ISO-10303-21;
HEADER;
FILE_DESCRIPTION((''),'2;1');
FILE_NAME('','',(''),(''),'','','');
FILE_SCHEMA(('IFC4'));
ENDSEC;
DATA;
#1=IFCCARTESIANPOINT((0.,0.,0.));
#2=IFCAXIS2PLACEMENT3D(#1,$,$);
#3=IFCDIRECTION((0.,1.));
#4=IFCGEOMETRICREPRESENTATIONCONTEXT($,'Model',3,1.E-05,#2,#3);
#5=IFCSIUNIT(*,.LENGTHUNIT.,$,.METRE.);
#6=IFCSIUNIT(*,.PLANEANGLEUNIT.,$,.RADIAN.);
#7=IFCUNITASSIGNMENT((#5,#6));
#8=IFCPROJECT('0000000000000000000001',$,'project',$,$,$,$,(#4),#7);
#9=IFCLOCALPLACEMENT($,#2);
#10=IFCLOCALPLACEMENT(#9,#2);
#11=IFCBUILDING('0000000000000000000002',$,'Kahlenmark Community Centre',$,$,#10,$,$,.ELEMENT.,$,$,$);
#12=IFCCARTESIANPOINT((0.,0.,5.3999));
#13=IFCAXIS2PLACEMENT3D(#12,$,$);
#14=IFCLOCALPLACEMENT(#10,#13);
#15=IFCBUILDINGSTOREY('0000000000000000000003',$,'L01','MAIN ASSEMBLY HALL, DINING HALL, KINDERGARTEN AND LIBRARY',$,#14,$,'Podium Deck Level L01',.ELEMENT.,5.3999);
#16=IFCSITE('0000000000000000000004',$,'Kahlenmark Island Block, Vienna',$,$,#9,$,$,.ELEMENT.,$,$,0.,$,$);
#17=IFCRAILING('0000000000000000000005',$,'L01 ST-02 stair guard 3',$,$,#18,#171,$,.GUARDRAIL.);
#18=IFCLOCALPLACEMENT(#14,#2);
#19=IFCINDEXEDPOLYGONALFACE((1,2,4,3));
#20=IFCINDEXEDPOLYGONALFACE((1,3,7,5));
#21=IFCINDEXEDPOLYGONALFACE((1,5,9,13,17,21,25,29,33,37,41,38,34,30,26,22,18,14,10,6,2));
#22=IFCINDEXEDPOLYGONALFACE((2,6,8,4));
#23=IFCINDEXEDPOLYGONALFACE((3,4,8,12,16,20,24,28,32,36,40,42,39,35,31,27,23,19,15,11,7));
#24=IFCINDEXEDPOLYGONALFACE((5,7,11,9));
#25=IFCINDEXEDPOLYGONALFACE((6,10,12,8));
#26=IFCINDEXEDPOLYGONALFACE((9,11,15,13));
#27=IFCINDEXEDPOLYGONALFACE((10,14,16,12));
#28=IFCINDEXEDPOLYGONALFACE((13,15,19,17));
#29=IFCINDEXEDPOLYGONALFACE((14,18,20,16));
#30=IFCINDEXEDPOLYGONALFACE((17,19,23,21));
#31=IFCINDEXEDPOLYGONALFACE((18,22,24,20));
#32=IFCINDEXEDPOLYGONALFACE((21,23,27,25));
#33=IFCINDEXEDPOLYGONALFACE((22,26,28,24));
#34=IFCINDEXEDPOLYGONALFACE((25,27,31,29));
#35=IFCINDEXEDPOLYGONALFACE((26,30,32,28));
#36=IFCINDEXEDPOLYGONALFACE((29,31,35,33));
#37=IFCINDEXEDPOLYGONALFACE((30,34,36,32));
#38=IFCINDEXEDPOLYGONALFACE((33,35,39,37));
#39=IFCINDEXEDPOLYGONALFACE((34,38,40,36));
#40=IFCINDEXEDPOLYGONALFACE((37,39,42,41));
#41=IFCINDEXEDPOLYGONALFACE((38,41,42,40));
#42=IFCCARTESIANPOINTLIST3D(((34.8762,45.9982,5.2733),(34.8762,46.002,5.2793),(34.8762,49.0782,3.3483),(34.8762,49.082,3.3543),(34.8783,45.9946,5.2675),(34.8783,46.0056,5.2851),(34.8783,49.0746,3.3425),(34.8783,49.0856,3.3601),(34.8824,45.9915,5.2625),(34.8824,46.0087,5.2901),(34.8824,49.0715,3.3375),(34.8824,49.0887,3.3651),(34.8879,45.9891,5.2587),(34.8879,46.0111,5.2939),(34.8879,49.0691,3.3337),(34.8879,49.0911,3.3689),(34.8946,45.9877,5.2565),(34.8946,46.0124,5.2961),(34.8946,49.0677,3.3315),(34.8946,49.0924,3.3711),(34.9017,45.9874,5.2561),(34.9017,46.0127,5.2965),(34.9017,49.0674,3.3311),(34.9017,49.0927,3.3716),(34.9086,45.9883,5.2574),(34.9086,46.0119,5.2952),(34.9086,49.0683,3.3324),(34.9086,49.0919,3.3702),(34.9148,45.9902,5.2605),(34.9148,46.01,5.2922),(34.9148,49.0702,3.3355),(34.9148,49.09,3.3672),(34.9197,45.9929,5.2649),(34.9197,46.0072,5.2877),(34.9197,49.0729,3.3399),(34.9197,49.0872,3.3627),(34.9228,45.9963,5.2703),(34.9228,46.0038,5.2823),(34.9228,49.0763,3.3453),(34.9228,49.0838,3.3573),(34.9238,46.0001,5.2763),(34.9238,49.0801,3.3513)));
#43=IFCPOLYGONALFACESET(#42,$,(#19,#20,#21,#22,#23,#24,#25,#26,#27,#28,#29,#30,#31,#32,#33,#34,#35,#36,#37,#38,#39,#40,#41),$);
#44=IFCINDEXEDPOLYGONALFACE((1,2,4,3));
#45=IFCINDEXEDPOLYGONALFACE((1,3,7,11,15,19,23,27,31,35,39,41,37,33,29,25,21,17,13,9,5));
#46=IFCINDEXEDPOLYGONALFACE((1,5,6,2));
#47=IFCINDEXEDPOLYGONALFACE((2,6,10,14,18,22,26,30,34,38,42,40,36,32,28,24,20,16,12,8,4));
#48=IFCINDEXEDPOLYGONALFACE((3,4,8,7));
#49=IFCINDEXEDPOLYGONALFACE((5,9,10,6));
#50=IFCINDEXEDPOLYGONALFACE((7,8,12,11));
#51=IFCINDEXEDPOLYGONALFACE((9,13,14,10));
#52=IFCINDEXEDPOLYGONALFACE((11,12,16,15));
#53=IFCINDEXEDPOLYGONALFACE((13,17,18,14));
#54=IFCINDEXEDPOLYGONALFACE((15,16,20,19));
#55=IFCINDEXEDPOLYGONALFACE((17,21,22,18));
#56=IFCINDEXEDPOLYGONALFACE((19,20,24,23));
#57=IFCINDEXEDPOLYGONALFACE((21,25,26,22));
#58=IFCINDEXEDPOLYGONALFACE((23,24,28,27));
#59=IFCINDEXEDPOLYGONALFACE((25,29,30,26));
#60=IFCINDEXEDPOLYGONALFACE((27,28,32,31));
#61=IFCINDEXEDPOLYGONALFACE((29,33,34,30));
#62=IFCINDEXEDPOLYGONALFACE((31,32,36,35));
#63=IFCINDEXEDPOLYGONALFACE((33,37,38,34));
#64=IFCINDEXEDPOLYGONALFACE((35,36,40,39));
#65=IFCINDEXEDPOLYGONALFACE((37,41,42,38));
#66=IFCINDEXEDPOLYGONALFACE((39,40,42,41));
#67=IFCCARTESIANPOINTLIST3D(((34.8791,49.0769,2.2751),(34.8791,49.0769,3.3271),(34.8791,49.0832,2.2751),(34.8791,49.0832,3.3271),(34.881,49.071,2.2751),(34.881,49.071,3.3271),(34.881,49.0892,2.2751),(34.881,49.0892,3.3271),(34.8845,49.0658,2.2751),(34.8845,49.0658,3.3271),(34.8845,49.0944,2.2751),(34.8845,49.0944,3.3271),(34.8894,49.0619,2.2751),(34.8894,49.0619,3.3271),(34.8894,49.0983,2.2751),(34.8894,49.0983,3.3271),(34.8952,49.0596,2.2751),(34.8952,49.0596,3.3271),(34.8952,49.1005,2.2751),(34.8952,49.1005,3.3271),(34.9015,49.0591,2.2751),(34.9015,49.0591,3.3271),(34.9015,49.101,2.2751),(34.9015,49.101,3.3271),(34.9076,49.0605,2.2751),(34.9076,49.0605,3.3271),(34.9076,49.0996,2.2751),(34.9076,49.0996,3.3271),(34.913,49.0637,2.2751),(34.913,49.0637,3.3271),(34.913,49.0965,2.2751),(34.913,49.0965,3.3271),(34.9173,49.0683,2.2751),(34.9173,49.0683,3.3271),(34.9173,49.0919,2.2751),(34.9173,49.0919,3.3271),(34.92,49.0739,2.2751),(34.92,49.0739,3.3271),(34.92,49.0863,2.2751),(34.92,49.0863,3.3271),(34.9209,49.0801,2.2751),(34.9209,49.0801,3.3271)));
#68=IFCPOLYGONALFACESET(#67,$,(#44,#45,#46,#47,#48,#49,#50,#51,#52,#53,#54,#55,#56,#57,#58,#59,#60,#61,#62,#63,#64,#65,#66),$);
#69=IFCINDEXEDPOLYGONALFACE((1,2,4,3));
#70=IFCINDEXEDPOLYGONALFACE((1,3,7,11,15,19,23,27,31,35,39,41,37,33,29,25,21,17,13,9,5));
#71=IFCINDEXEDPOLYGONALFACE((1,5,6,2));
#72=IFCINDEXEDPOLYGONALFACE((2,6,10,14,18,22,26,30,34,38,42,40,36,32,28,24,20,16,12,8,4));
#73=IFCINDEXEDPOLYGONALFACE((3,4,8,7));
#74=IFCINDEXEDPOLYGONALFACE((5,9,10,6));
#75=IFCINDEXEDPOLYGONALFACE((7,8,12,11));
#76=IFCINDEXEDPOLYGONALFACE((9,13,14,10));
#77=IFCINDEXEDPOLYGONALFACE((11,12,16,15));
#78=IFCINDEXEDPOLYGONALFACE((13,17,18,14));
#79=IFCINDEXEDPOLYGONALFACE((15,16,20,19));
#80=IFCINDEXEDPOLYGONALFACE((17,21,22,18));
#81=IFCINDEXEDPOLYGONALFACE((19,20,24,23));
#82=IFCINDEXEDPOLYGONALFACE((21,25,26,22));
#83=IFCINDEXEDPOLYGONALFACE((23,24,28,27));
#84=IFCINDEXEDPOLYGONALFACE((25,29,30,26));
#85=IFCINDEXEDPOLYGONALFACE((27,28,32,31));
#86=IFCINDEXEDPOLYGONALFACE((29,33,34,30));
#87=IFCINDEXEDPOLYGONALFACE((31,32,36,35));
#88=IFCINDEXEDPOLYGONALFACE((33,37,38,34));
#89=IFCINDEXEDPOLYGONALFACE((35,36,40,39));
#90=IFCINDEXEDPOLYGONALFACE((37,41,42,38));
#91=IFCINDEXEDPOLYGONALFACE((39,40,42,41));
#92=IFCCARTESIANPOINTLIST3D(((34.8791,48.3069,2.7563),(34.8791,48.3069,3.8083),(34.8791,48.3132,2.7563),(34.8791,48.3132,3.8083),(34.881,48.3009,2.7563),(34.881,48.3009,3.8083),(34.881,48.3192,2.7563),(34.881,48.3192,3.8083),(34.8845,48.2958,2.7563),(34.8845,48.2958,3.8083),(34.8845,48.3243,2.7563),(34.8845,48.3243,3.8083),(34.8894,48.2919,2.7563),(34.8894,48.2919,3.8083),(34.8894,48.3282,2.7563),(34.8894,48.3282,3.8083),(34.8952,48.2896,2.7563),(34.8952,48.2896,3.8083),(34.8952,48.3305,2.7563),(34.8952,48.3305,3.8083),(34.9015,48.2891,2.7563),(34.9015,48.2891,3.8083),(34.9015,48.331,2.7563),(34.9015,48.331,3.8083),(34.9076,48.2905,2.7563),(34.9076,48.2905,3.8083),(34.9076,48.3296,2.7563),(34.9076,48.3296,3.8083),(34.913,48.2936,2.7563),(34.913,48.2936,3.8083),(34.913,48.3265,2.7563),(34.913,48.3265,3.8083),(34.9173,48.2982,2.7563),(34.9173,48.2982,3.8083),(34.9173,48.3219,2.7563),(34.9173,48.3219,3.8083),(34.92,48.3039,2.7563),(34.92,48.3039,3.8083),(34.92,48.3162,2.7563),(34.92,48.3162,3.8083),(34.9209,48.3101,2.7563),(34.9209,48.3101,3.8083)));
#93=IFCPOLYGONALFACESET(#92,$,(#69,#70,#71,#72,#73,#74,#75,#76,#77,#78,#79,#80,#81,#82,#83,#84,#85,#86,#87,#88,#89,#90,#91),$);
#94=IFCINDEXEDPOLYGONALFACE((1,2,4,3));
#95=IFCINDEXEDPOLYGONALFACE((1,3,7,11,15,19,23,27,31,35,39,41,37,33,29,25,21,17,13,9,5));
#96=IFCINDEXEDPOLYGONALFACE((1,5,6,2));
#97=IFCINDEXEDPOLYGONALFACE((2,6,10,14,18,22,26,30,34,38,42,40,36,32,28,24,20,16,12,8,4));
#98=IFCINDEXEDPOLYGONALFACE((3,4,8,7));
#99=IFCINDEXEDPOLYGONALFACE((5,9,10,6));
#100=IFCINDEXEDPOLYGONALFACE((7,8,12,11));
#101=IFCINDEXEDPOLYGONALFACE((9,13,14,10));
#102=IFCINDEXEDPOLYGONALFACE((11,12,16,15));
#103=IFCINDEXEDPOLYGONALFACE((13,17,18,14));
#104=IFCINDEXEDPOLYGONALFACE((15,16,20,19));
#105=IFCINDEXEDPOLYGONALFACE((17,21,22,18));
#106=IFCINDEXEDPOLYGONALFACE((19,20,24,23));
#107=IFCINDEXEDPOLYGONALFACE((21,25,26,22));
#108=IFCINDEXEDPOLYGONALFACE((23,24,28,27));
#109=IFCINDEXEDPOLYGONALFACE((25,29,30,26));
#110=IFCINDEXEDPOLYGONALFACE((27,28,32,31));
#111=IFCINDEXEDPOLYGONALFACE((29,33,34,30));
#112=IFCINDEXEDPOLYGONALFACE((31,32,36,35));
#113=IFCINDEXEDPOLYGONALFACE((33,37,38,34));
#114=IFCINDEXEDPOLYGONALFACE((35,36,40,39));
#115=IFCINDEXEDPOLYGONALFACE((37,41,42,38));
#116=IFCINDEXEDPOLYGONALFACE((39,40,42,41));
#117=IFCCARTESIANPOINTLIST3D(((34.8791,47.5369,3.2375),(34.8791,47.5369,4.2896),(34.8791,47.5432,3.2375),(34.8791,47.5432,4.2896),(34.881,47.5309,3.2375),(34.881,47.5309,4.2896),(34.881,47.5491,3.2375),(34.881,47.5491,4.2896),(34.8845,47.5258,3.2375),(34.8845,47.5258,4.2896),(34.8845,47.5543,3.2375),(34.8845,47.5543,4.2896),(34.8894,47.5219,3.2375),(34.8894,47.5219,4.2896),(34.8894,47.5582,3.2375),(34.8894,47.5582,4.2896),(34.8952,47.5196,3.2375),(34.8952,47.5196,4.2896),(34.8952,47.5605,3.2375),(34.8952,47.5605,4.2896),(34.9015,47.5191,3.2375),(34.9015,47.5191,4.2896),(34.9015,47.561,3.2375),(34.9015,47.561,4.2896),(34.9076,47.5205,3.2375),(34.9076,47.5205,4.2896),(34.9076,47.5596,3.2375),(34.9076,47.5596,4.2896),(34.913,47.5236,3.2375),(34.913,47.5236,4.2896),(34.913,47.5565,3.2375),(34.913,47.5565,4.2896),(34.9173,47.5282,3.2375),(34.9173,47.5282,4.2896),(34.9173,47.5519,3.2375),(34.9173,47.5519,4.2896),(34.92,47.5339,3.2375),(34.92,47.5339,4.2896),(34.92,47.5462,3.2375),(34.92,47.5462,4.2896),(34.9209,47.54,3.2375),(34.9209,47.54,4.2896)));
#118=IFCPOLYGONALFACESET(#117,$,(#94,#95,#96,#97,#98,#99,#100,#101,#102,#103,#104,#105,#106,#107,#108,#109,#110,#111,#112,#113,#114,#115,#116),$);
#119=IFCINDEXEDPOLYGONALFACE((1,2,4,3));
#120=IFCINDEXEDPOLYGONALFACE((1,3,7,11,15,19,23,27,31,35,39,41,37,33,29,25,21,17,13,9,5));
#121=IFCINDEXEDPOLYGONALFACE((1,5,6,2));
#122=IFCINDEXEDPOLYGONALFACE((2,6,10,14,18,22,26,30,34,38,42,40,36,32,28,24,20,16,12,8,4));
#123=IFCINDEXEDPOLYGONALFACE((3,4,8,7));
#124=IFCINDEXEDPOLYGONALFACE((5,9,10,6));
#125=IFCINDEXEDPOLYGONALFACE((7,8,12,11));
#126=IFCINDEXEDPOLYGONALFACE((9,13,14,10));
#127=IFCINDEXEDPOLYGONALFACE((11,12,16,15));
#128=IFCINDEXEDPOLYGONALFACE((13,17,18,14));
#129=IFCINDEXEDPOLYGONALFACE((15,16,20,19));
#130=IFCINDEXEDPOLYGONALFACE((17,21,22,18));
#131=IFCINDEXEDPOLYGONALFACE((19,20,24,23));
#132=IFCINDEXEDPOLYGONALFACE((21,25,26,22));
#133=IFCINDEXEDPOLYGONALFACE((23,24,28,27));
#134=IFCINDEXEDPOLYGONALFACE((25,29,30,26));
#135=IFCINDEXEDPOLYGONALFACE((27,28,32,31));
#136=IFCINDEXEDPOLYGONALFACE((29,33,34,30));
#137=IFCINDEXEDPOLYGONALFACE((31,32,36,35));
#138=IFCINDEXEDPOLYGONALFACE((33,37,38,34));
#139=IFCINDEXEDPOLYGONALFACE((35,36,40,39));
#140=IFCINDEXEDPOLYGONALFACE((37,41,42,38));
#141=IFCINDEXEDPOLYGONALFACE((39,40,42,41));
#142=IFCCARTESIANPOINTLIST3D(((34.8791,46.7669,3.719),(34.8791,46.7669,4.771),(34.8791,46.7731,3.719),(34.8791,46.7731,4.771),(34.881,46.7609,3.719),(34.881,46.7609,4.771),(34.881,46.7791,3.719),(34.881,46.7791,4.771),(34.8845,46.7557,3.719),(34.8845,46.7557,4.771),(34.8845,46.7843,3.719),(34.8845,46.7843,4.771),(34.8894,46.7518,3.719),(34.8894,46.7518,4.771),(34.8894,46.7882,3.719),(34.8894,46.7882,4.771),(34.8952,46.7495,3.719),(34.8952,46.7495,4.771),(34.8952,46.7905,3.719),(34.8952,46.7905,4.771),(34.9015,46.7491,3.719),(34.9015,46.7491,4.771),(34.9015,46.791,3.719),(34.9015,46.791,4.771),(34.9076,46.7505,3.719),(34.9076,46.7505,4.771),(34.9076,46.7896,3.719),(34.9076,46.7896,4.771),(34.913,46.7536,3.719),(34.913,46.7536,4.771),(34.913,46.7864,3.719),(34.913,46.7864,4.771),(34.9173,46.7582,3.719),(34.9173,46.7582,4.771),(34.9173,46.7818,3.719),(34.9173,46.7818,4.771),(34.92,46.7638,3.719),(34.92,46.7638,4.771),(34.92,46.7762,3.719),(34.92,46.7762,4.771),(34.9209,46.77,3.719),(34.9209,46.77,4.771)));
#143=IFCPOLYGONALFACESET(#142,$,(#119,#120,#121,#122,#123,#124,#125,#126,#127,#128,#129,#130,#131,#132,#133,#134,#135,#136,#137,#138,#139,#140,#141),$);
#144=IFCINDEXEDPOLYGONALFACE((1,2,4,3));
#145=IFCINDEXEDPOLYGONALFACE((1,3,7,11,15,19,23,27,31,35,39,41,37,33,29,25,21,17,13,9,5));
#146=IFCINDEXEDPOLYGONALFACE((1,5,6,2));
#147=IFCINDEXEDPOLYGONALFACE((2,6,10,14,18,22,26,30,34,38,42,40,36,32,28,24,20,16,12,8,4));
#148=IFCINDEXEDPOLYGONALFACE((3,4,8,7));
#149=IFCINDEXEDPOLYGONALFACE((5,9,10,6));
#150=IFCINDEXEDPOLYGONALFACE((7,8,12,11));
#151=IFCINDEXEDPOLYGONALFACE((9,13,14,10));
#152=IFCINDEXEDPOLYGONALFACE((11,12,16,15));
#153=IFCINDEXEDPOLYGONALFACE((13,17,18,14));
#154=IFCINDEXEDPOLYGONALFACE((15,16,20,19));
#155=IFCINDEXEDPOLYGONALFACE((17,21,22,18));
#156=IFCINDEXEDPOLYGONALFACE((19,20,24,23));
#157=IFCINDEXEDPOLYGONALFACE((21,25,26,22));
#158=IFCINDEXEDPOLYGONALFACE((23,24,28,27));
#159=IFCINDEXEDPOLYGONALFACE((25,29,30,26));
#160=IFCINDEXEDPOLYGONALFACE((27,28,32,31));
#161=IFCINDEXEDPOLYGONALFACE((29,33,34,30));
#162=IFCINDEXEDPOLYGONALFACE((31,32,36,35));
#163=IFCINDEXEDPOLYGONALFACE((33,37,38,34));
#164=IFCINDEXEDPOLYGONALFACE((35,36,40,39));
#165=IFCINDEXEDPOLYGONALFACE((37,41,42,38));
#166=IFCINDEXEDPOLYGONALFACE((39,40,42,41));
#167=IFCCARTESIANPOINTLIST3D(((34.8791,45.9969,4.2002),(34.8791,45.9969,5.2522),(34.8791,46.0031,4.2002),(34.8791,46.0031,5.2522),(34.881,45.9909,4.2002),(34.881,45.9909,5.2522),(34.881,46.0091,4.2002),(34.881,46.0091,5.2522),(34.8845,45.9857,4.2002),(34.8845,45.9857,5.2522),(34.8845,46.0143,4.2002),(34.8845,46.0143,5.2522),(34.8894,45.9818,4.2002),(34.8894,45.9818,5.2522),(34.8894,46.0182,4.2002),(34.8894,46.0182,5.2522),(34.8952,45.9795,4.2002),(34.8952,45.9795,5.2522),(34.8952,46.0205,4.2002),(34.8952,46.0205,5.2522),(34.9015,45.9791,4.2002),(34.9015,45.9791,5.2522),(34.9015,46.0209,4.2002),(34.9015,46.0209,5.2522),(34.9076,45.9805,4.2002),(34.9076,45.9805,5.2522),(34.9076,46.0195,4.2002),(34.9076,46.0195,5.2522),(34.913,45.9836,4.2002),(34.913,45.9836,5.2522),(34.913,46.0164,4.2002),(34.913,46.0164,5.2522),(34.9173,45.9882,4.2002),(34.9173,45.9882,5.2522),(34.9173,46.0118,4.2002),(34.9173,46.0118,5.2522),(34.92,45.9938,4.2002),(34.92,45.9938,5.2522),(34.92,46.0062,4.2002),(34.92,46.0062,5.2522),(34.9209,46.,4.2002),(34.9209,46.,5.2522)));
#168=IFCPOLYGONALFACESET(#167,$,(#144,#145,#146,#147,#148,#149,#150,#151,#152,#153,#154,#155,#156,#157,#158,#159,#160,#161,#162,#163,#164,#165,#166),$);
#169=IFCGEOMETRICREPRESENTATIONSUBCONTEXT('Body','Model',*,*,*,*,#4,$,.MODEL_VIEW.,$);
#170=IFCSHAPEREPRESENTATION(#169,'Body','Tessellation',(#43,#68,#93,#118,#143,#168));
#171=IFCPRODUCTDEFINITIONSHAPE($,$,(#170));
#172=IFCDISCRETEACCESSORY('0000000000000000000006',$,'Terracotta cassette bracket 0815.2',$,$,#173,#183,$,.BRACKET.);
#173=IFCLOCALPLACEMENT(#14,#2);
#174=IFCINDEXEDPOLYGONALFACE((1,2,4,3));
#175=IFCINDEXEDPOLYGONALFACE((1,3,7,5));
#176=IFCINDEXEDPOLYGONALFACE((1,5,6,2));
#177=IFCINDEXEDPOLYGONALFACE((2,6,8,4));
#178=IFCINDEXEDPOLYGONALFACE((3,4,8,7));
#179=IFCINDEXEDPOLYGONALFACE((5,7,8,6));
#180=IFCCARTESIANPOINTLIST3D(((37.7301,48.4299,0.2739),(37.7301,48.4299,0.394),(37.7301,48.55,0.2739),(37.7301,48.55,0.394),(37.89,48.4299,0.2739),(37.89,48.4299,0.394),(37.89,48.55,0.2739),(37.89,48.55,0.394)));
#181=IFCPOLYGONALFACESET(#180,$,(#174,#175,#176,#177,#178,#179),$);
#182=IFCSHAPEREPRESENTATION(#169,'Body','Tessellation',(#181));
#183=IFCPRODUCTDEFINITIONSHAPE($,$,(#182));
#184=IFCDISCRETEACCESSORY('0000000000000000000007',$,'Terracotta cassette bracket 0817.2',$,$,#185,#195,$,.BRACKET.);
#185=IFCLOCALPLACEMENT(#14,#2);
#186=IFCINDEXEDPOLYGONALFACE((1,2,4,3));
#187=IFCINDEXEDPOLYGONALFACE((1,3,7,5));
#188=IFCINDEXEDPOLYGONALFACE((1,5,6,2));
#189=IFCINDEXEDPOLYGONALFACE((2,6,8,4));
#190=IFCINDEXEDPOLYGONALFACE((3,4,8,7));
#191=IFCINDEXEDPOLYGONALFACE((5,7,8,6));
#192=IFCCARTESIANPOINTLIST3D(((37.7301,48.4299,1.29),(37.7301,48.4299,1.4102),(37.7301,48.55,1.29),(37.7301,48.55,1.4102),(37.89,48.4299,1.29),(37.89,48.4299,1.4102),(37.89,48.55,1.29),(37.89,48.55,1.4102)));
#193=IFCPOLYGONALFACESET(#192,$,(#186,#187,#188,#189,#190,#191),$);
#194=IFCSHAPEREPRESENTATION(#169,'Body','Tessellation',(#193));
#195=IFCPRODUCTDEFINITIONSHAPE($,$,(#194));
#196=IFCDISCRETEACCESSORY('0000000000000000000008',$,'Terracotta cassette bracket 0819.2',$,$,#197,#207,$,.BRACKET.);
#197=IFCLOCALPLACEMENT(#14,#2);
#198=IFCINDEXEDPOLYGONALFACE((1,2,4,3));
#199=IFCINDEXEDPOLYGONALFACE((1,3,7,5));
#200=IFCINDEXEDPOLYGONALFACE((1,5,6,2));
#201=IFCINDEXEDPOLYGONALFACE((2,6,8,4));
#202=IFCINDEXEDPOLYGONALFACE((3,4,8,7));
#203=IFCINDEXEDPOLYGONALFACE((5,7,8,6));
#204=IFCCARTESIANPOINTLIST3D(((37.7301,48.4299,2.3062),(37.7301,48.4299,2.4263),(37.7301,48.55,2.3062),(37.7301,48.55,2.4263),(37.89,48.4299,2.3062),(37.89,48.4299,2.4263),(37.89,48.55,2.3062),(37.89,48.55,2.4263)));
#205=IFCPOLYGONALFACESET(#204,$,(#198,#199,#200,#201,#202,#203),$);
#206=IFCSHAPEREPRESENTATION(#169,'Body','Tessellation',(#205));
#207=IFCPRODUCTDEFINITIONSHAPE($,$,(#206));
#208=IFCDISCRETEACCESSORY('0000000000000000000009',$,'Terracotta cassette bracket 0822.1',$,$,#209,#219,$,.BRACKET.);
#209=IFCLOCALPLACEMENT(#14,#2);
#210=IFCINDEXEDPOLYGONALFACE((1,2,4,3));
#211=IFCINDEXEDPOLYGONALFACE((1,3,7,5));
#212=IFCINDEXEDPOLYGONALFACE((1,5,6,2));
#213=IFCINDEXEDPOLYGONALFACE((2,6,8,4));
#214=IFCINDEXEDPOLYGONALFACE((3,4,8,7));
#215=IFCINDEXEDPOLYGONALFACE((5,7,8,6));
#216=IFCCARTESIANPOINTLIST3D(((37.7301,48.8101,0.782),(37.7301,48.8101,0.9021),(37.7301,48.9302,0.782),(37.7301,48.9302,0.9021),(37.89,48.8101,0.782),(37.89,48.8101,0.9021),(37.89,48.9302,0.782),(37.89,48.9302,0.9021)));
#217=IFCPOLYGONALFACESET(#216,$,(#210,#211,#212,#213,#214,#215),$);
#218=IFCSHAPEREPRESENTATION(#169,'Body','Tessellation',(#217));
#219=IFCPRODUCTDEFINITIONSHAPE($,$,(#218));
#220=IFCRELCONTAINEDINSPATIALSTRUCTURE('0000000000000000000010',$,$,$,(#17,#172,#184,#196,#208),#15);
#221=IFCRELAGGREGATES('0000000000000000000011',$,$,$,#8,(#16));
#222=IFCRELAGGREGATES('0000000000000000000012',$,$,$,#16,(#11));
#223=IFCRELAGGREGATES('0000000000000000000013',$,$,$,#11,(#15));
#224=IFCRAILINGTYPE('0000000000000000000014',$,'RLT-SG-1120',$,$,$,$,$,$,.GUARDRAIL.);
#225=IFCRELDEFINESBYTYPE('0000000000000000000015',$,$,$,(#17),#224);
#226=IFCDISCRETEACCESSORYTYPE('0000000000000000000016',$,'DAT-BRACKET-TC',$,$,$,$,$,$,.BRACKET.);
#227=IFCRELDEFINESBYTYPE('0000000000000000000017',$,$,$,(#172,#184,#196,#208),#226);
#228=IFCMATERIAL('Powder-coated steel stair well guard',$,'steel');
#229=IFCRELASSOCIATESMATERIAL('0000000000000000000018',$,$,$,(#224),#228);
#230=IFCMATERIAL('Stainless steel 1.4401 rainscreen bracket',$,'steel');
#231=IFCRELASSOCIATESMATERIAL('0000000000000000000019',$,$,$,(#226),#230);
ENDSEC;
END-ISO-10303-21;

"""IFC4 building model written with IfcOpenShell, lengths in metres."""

from ifc_helpers import new_model, si_unit, direction, frame, origin, origin_2d, place, context, subcontext, project, spatial, rectangle, circle, extrude, material, type_object, element, save


model = new_model("IFC4")

# Units and contexts
model_context = context("Model", 3, precision=1e-05, world=origin(), true_north=direction((0.0, 1.0)))
body_context = subcontext(model_context, "Body", "Model", "MODEL_VIEW")
ifc_project = project(units=[si_unit("LENGTHUNIT", "METRE"), si_unit("PLANEANGLEUNIT", "RADIAN")], contexts=[model_context])

# Site, building, storey
site_placement = place(None, origin())
site = spatial("IfcSite", under=ifc_project, at=site_placement, Name="Kahlenmark Island Block, Vienna", CompositionType="ELEMENT", RefElevation=0.0)
building_placement = place(site_placement, origin())
building = spatial("IfcBuilding", under=site, at=building_placement, Name="Kahlenmark Community Centre", CompositionType="ELEMENT")
storey_placement = place(building_placement, frame((0.0, 0.0, 5.3999)))
storey = spatial("IfcBuildingStorey", under=building, at=storey_placement, Name="L01", Description="MAIN ASSEMBLY HALL, DINING HALL, KINDERGARTEN AND LIBRARY", LongName="Podium Deck Level L01", CompositionType="ELEMENT", Elevation=5.3999)

# Railing
ifc_material_1 = material(Name="Powder-coated steel stair well guard", Category="steel")
railing_type_1 = type_object("IfcRailingType", Name="RLT-SG-1120", PredefinedType="GUARDRAIL", material=ifc_material_1)
railing_1_placement = place(storey_placement, frame((34.8999, 49.0801, 2.2751)))
element("IfcRailing", 1, at=railing_1_placement, inside=storey, type_object=railing_type_1, Name="L01 ST-02 stair guard 3", PredefinedType="GUARDRAIL", context=body_context, shape_type="SweptSolid", body=[
    extrude(circle(Radius=0.0239, at=origin_2d()), frame((0.0, 0.0, 1.0762), z_axis=(0.0, -0.847998, 0.529999), x_axis=(1.0, 0.0, 0.0)), (0.0, 0.0, 1.0), 3.6321),
    extrude(circle(Radius=0.021, at=origin_2d()), origin(), (0.0, 0.0, 1.0), 1.052),
    extrude(circle(Radius=0.021, at=origin_2d()), frame((0.0, -0.77, 0.4812)), (0.0, 0.0, 1.0), 1.052),
    extrude(circle(Radius=0.021, at=origin_2d()), frame((0.0, -1.54, 0.9624)), (0.0, 0.0, 1.0), 1.052),
    extrude(circle(Radius=0.021, at=origin_2d()), frame((0.0, -2.3101, 1.4438)), (0.0, 0.0, 1.0), 1.052),
    extrude(circle(Radius=0.021, at=origin_2d()), frame((0.0, -3.0801, 1.925)), (0.0, 0.0, 1.0), 1.052),
])

# Discrete accessories
ifc_material_2 = material(Name="Stainless steel 1.4401 rainscreen bracket", Category="steel")
discrete_accessory_type = type_object("IfcDiscreteAccessoryType", Name="DAT-BRACKET-TC", PredefinedType="BRACKET", material=ifc_material_2)
for number, where, z_axis, x_axis, name in (
    (2, (37.8101, 48.49, 0.2739), (0.0, 0.0, 1.0), (0.0, 1.0, 0.0), "Terracotta cassette bracket 0815.2"),
    (3, (37.8101, 48.49, 1.29), (0.0, 0.0, 1.0), (0.0, 1.0, 0.0), "Terracotta cassette bracket 0817.2"),
    (4, (37.8101, 48.49, 2.3062), (0.0, 0.0, 1.0), (0.0, 1.0, 0.0), "Terracotta cassette bracket 0819.2"),
    (5, (37.8101, 48.8701, 0.782), (0.0, 0.0, 1.0), (0.0, 1.0, 0.0), "Terracotta cassette bracket 0822.1"),
):
    element("IfcDiscreteAccessory", number, at=place(storey_placement, frame(where, z_axis=z_axis, x_axis=x_axis)), inside=storey, type_object=discrete_accessory_type, Name=name, PredefinedType="BRACKET", context=body_context, shape_type="SweptSolid", body=[
        extrude(rectangle(XDim=0.1201, YDim=0.1599, at=origin_2d()), origin(), (0.0, 0.0, 1.0), 0.1201),
    ])

save(model, "model.ifc")
